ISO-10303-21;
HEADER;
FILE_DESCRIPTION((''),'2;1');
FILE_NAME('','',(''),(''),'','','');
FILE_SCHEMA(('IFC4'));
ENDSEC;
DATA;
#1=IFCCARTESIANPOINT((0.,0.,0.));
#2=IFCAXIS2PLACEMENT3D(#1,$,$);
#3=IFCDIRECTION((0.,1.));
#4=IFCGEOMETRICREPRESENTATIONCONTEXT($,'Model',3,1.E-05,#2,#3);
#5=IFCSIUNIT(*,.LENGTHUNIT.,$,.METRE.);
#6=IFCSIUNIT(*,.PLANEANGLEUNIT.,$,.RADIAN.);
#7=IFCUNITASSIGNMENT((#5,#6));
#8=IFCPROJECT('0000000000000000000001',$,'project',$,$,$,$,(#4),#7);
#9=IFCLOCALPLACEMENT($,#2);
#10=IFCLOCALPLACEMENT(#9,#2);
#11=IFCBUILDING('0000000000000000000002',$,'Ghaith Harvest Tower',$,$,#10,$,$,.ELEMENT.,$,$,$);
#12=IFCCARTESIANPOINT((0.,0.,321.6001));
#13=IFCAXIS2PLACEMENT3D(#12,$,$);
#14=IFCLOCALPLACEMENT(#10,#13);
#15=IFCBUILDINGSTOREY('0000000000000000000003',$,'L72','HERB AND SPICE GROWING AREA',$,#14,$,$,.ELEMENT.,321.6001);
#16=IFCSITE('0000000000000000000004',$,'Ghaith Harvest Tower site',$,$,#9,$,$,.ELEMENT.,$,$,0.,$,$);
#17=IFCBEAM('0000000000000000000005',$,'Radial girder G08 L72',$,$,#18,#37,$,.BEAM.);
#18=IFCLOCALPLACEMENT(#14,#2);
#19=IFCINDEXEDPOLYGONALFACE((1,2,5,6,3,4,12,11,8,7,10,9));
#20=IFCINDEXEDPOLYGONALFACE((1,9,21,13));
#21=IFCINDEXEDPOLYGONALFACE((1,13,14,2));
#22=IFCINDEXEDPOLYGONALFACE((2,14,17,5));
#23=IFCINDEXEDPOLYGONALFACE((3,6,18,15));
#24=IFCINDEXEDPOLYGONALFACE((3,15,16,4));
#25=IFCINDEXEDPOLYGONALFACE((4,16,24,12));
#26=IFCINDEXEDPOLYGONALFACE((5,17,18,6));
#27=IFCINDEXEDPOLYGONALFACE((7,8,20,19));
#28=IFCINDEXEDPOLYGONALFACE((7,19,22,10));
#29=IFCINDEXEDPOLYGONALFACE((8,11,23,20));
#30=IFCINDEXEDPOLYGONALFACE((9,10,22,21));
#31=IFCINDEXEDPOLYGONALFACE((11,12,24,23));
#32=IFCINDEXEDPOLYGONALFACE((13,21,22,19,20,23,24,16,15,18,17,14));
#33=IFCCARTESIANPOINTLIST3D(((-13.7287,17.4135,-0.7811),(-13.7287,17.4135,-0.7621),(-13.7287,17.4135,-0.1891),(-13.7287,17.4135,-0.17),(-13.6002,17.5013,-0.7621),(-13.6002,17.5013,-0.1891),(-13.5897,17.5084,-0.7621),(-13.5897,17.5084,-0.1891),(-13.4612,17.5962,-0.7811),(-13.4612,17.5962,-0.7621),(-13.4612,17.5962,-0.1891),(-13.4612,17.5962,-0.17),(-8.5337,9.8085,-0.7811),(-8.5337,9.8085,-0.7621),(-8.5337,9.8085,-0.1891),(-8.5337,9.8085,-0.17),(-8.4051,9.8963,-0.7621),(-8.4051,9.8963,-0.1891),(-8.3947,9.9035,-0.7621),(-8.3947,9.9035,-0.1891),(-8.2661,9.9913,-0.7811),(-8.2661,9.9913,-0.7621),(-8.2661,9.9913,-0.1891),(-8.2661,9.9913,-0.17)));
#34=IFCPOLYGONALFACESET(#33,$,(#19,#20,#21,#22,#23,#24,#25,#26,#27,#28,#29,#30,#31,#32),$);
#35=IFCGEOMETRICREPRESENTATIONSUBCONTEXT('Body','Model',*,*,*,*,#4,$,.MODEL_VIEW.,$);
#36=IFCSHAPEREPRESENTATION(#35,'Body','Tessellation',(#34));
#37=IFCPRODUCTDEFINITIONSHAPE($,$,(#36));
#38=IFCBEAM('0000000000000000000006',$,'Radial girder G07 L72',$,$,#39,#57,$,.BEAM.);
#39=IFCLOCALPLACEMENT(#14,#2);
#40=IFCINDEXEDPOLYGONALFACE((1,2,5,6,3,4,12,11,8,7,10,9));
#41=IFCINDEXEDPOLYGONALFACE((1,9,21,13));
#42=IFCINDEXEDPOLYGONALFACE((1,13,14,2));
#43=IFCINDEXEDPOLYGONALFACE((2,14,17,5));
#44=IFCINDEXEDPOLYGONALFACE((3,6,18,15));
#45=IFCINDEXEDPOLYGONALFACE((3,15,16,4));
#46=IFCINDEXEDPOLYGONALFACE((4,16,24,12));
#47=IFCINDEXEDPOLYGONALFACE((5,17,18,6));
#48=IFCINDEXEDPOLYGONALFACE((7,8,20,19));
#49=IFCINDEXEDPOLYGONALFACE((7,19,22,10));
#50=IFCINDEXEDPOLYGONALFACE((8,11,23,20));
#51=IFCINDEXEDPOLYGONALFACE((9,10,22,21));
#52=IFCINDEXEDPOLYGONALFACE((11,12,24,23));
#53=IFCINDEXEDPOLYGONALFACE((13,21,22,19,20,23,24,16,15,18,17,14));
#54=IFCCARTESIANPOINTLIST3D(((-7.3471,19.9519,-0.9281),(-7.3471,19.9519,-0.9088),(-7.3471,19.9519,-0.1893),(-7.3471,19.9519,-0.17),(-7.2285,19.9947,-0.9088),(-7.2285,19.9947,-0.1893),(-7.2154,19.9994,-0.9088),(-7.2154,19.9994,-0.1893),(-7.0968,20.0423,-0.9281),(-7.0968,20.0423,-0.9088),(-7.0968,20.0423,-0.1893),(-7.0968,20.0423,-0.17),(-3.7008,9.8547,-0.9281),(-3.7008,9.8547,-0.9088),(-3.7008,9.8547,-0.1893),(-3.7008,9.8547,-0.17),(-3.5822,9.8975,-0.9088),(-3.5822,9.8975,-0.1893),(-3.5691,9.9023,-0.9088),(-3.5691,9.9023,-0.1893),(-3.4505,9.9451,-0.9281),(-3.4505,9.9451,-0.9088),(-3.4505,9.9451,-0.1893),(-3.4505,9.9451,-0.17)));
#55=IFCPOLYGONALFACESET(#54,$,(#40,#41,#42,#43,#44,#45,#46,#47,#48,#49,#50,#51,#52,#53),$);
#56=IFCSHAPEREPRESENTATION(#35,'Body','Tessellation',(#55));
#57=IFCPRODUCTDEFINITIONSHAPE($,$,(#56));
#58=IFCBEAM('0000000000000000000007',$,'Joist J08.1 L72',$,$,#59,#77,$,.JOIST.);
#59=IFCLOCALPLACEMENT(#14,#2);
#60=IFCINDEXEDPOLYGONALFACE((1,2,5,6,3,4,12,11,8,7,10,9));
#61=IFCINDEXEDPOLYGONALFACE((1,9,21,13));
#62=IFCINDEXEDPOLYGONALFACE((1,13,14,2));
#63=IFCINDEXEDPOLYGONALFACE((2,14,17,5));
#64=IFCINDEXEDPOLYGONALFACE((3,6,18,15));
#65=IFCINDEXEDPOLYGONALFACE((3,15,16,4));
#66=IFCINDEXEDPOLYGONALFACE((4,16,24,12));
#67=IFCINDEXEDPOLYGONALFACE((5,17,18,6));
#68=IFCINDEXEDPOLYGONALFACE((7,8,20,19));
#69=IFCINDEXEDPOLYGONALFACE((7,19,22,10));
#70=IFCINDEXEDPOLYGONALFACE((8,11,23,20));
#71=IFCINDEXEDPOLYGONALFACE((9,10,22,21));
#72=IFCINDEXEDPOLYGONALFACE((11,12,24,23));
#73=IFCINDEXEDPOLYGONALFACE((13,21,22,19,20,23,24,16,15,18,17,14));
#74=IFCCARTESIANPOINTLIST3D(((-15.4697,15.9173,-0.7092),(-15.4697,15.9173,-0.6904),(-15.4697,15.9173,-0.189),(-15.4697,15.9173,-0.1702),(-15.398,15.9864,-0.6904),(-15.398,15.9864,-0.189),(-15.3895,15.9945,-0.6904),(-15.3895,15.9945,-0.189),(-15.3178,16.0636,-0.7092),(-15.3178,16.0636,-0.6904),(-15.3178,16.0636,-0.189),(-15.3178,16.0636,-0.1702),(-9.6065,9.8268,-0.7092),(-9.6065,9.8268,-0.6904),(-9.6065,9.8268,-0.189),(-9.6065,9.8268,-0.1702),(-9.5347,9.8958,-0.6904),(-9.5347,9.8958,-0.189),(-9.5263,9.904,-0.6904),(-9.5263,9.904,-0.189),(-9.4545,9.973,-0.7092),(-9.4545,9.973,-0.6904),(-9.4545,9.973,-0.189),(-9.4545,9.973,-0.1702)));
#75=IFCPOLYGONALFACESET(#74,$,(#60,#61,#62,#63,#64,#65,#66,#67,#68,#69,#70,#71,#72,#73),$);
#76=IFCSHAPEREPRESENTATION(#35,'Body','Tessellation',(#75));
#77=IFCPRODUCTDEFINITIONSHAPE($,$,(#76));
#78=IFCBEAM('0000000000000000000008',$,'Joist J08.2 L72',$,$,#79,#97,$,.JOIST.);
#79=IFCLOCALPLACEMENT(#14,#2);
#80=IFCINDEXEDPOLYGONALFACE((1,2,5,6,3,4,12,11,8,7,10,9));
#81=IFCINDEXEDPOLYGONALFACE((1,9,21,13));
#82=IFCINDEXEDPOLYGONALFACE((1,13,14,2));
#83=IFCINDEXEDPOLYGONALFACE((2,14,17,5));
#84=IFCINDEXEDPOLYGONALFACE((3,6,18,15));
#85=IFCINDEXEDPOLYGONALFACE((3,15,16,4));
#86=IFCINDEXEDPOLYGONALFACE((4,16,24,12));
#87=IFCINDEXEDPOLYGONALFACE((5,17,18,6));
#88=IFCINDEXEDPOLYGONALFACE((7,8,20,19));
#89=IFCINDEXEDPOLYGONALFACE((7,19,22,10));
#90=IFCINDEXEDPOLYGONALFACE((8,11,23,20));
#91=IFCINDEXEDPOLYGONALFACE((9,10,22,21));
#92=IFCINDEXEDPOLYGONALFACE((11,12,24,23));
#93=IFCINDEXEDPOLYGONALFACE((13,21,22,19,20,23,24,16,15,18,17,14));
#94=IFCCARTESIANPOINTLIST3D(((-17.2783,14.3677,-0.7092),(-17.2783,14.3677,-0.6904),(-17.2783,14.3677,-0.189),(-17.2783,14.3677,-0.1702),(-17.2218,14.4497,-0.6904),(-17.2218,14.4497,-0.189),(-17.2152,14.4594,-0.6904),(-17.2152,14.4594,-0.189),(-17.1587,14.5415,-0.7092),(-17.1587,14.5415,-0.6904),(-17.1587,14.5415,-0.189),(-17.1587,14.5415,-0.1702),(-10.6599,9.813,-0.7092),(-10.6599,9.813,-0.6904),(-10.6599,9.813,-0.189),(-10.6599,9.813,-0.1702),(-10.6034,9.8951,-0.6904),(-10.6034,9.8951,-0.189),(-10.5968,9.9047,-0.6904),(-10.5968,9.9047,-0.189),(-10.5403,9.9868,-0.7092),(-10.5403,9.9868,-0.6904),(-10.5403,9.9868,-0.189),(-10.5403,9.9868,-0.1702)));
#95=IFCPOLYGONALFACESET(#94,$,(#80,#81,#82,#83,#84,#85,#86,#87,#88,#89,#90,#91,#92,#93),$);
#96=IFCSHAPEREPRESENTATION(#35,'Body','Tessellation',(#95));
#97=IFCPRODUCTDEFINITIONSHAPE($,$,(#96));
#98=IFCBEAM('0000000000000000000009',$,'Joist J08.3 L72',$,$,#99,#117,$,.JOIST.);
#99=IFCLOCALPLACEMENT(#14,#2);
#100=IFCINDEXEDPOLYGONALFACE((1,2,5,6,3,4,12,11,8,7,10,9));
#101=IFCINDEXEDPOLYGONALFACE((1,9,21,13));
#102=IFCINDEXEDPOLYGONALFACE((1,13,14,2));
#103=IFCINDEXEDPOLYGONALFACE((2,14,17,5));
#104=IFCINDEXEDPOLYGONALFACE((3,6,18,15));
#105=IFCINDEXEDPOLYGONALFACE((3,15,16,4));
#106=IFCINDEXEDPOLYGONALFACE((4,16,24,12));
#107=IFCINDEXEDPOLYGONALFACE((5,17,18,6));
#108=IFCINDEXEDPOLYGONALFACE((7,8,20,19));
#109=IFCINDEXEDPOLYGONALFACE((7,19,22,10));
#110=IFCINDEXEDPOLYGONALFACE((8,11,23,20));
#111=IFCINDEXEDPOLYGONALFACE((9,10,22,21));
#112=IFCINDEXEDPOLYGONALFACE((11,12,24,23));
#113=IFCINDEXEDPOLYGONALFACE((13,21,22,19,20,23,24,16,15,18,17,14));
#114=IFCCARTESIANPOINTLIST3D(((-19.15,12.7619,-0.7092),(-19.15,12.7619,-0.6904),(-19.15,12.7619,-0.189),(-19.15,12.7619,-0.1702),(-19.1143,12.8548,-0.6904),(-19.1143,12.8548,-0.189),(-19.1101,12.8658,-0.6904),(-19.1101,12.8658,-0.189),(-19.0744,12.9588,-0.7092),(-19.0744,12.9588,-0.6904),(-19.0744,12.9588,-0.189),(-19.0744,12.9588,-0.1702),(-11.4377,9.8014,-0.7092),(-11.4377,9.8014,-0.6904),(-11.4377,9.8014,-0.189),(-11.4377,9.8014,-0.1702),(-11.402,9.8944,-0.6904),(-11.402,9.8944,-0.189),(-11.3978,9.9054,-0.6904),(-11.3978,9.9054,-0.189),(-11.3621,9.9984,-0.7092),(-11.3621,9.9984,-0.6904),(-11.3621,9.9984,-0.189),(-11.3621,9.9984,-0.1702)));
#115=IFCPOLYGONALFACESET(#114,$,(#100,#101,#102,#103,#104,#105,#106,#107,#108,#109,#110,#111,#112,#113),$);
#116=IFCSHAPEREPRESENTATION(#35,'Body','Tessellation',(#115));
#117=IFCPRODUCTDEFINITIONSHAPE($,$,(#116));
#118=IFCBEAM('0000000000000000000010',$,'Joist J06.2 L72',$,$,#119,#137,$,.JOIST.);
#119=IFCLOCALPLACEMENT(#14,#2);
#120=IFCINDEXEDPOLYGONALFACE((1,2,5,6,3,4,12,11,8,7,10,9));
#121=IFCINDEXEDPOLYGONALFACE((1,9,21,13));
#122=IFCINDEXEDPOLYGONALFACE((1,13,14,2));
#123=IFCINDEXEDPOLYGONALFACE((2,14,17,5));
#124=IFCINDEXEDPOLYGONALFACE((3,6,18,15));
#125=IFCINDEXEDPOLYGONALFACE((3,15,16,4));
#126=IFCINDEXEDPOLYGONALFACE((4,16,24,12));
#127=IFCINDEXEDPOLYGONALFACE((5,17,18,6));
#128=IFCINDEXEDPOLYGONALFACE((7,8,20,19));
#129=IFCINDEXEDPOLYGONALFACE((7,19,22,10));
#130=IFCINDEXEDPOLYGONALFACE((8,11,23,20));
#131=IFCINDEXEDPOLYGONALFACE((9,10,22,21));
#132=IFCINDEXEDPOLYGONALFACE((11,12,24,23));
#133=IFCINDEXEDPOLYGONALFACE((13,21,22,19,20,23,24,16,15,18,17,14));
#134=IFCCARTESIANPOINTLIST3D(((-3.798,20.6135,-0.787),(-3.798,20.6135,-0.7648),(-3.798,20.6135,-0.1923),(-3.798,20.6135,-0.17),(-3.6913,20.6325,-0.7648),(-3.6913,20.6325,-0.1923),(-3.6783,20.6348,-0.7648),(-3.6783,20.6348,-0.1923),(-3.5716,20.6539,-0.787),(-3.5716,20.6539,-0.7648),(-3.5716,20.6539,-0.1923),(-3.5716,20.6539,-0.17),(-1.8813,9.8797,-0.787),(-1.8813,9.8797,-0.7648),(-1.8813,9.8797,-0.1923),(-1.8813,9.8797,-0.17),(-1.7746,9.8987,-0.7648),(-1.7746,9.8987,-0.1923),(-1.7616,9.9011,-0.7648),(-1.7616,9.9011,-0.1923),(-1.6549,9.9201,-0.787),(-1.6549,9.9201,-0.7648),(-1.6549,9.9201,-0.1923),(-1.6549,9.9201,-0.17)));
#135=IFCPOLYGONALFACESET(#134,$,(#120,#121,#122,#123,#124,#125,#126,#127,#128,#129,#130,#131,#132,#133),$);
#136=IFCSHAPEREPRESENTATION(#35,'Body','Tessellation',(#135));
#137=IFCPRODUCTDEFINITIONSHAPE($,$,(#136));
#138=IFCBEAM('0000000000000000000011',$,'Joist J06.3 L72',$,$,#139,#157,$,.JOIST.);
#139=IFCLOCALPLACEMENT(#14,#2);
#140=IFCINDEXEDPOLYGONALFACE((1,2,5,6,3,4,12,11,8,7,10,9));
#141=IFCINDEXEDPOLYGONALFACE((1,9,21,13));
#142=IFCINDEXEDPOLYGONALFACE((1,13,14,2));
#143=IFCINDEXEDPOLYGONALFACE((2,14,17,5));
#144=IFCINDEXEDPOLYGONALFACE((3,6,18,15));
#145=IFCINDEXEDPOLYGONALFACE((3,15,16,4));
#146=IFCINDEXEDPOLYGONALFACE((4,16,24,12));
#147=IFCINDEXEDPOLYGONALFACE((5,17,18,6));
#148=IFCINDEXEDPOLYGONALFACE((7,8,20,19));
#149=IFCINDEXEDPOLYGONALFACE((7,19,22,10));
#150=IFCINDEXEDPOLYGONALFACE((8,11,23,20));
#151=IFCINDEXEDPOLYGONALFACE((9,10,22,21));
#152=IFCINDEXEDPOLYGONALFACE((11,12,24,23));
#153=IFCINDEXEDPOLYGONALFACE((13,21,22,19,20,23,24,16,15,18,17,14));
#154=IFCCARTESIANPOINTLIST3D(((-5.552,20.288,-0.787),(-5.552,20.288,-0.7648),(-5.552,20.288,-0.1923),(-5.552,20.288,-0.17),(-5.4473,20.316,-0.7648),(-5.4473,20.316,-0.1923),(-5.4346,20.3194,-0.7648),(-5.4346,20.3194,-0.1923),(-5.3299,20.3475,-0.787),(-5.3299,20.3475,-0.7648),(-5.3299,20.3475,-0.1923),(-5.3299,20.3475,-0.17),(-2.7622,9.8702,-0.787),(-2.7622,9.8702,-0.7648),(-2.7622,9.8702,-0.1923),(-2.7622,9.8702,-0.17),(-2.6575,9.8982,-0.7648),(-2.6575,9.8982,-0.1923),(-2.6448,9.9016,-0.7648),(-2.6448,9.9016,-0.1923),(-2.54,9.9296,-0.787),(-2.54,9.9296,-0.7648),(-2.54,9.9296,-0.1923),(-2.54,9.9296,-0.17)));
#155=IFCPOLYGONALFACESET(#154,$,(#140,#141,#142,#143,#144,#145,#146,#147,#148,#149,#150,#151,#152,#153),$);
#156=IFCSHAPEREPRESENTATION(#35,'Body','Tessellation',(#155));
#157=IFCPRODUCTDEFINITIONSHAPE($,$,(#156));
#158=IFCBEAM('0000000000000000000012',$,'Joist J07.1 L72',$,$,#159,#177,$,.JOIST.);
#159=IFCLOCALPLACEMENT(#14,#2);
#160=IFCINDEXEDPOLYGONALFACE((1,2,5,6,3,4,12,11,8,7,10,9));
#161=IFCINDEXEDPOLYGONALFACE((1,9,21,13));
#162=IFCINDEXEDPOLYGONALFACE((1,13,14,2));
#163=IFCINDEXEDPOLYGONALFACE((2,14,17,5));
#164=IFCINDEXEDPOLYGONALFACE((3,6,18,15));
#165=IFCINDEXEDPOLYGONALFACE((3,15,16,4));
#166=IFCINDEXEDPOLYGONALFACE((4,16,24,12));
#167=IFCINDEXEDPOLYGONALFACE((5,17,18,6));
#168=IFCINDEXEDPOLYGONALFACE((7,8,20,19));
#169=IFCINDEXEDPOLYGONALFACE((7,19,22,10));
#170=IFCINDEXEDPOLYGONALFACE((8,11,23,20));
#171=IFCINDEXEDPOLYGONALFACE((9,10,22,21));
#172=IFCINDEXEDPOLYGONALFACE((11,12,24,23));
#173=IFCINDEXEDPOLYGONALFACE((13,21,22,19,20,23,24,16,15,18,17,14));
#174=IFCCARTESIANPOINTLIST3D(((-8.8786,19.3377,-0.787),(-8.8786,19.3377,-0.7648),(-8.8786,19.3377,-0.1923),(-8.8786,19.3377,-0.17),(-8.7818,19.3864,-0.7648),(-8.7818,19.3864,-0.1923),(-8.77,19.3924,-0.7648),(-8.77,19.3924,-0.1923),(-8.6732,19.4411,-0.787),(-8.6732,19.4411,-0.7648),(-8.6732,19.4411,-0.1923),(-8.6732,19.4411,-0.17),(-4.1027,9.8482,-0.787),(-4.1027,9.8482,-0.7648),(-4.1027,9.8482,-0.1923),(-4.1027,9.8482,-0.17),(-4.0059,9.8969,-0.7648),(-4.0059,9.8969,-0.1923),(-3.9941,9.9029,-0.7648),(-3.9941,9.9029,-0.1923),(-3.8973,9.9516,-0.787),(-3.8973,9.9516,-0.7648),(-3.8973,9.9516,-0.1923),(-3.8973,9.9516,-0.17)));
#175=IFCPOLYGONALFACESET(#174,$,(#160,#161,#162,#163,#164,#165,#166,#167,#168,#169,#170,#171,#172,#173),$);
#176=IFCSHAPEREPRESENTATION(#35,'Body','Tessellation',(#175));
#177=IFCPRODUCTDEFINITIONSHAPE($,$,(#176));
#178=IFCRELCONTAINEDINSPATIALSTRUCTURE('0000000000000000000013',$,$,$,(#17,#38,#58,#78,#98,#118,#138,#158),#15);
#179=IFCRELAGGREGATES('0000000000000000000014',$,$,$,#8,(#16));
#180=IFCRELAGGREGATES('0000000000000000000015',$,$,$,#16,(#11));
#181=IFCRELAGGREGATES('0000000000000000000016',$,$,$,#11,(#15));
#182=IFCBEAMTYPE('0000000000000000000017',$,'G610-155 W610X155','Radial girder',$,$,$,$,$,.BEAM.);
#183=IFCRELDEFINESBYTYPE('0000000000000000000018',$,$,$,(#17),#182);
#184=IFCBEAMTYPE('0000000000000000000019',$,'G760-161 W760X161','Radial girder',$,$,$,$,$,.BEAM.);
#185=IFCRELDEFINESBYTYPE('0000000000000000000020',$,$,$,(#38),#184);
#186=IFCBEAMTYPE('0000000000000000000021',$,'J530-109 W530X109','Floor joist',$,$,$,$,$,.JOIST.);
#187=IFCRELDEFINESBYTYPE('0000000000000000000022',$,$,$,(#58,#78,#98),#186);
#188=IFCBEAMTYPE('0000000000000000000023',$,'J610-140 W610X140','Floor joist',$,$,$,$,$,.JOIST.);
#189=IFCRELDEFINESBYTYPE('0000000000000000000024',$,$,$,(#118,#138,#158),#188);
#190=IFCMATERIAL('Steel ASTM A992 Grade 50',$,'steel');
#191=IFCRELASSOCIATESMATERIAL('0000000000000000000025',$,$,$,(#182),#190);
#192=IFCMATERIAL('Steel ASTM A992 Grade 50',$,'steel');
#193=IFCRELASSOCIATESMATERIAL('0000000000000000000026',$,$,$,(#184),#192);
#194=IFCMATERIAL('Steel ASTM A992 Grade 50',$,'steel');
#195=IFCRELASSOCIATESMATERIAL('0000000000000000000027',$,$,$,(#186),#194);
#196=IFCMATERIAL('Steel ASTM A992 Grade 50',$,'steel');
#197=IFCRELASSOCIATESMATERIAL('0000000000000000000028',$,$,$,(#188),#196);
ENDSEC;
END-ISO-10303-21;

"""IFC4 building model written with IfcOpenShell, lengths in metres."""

from ifc_helpers import new_model, si_unit, direction, frame, origin, origin_2d, place, context, subcontext, project, spatial, i_section, extrude, material, material_profile, profile_set, type_object, element, save


model = new_model("IFC4")

# Units and contexts
model_context = context("Model", 3, precision=1e-05, world=origin(), true_north=direction((0.0, 1.0)))
body_context = subcontext(model_context, "Body", "Model", "MODEL_VIEW")
ifc_project = project(units=[si_unit("LENGTHUNIT", "METRE"), si_unit("PLANEANGLEUNIT", "RADIAN")], contexts=[model_context])

# Site, building, storey
site_placement = place(None, origin())
site = spatial("IfcSite", under=ifc_project, at=site_placement, Name="Ghaith Harvest Tower site", CompositionType="ELEMENT", RefElevation=0.0)
building_placement = place(site_placement, origin())
building = spatial("IfcBuilding", under=site, at=building_placement, Name="Ghaith Harvest Tower", CompositionType="ELEMENT")
storey_placement = place(building_placement, frame((0.0, 0.0, 321.6001)))
storey = spatial("IfcBuildingStorey", under=building, at=storey_placement, Name="L72", Description="HERB AND SPICE GROWING AREA", CompositionType="ELEMENT", Elevation=321.6001)

# Beams
ifc_material_1 = material(Name="Steel ASTM A992 Grade 50", Category="steel")
ifc_material_profile_1 = material_profile(ifc_material_1, i_section(OverallWidth=0.324, OverallDepth=0.6111, WebThickness=0.0127, FlangeThickness=0.019, at=origin_2d()), Name="W610X155")
ifc_profile_set_1 = profile_set([ifc_material_profile_1], Name="Steel ASTM A992 Grade 50")
beam_type_1 = type_object("IfcBeamType", Name="G610-155 W610X155", Description="Radial girder", PredefinedType="BEAM", material=ifc_profile_set_1)
beam_1_placement = place(storey_placement, frame((-8.3999, 9.8999, -0.4756), z_axis=(-0.564067, 0.825729, 0.0), x_axis=(-0.825729, -0.564067, 0.0)))
element("IfcBeam", 1, at=beam_1_placement, inside=storey, type_object=beam_type_1, Name="Radial girder G08 L72", PredefinedType="BEAM", context=body_context, shape_type="SweptSolid", body=[
    extrude(i_section(OverallWidth=0.324, OverallDepth=0.6111, WebThickness=0.0127, FlangeThickness=0.019, at=origin_2d()), origin(), (0.0, 0.0, 1.0), 9.21),
])
ifc_material_2 = material(Name="Steel ASTM A992 Grade 50", Category="steel")
ifc_material_profile_2 = material_profile(ifc_material_2, i_section(OverallWidth=0.2661, OverallDepth=0.7581, WebThickness=0.0139, FlangeThickness=0.0193, at=origin_2d()), Name="W760X161")
ifc_profile_set_2 = profile_set([ifc_material_profile_2], Name="Steel ASTM A992 Grade 50")
beam_type_2 = type_object("IfcBeamType", Name="G760-161 W760X161", Description="Radial girder", PredefinedType="BEAM", material=ifc_profile_set_2)
beam_2_placement = place(storey_placement, frame((-3.5757, 9.8999, -0.5491), z_axis=(-0.339648, 0.940553, 0.0), x_axis=(-0.940553, -0.339648, 0.0)))
element("IfcBeam", 2, at=beam_2_placement, inside=storey, type_object=beam_type_2, Name="Radial girder G07 L72", PredefinedType="BEAM", context=body_context, shape_type="SweptSolid", body=[
    extrude(i_section(OverallWidth=0.2661, OverallDepth=0.7581, WebThickness=0.0139, FlangeThickness=0.0193, at=origin_2d()), origin(), (0.0, 0.0, 1.0), 10.7354),
])
ifc_material_3 = material(Name="Steel ASTM A992 Grade 50", Category="steel")
ifc_material_profile_3 = material_profile(ifc_material_3, i_section(OverallWidth=0.2109, OverallDepth=0.5391, WebThickness=0.0117, FlangeThickness=0.0188, at=origin_2d()), Name="W530X109")
ifc_profile_set_3 = profile_set([ifc_material_profile_3], Name="Steel ASTM A992 Grade 50")
beam_type_3 = type_object("IfcBeamType", Name="J530-109 W530X109", Description="Floor joist", PredefinedType="JOIST", material=ifc_profile_set_3)
beam_3_placement = place(storey_placement, frame((-9.5305, 9.8999, -0.4397), z_axis=(-0.693536, 0.720422, 0.0), x_axis=(-0.720422, -0.693536, 0.0)))
element("IfcBeam", 3, at=beam_3_placement, inside=storey, type_object=beam_type_3, Name="Joist J08.1 L72", PredefinedType="JOIST", context=body_context, shape_type="SweptSolid", body=[
    extrude(i_section(OverallWidth=0.2109, OverallDepth=0.5391, WebThickness=0.0117, FlangeThickness=0.0188, at=origin_2d()), origin(), (0.0, 0.0, 1.0), 8.4541),
])
beam_4_placement = place(storey_placement, frame((-10.6001, 9.8999, -0.4397), z_axis=(-0.823779, 0.566912, 0.0), x_axis=(-0.566912, -0.823779, 0.0)))
element("IfcBeam", 4, at=beam_4_placement, inside=storey, type_object=beam_type_3, Name="Joist J08.2 L72", PredefinedType="JOIST", context=body_context, shape_type="SweptSolid", body=[
    extrude(i_section(OverallWidth=0.2109, OverallDepth=0.5391, WebThickness=0.0117, FlangeThickness=0.0188, at=origin_2d()), origin(), (0.0, 0.0, 1.0), 8.0342),
])
beam_5_placement = place(storey_placement, frame((-11.3999, 9.8999, -0.4397), z_axis=(-0.933583, 0.358361, 0.0), x_axis=(-0.358361, -0.933583, 0.0)))
element("IfcBeam", 5, at=beam_5_placement, inside=storey, type_object=beam_type_3, Name="Joist J08.3 L72", PredefinedType="JOIST", context=body_context, shape_type="SweptSolid", body=[
    extrude(i_section(OverallWidth=0.2109, OverallDepth=0.5391, WebThickness=0.0117, FlangeThickness=0.0188, at=origin_2d()), origin(), (0.0, 0.0, 1.0), 8.261),
])
ifc_material_4 = material(Name="Steel ASTM A992 Grade 50", Category="steel")
ifc_material_profile_4 = material_profile(ifc_material_4, i_section(OverallWidth=0.23, OverallDepth=0.6169, WebThickness=0.0132, FlangeThickness=0.0222, at=origin_2d()), Name="W610X140")
ifc_profile_set_4 = profile_set([ifc_material_profile_4], Name="Steel ASTM A992 Grade 50")
beam_type_4 = type_object("IfcBeamType", Name="J610-140 W610X140", Description="Floor joist", PredefinedType="JOIST", material=ifc_profile_set_4)
beam_6_placement = place(storey_placement, frame((-1.7681, 9.8999, -0.4785), z_axis=(-0.175789, 0.984428, 0.0), x_axis=(-0.984428, -0.175789, 0.0)))
element("IfcBeam", 6, at=beam_6_placement, inside=storey, type_object=beam_type_4, Name="Joist J06.2 L72", PredefinedType="JOIST", context=body_context, shape_type="SweptSolid", body=[
    extrude(i_section(OverallWidth=0.23, OverallDepth=0.6169, WebThickness=0.0132, FlangeThickness=0.0222, at=origin_2d()), origin(), (0.0, 0.0, 1.0), 10.9036),
])
beam_7_placement = place(storey_placement, frame((-2.6511, 9.8999, -0.4785), z_axis=(-0.258678, 0.965964, 0.0), x_axis=(-0.965964, -0.258678, 0.0)))
element("IfcBeam", 7, at=beam_7_placement, inside=storey, type_object=beam_type_4, Name="Joist J06.3 L72", PredefinedType="JOIST", context=body_context, shape_type="SweptSolid", body=[
    extrude(i_section(OverallWidth=0.23, OverallDepth=0.6169, WebThickness=0.0132, FlangeThickness=0.0222, at=origin_2d()), origin(), (0.0, 0.0, 1.0), 10.7849),
])
beam_8_placement = place(storey_placement, frame((-4.0, 9.8999, -0.4785), z_axis=(-0.449556, 0.893252, 0.0), x_axis=(-0.893252, -0.449556, 0.0)))
element("IfcBeam", 8, at=beam_8_placement, inside=storey, type_object=beam_type_4, Name="Joist J07.1 L72", PredefinedType="JOIST", context=body_context, shape_type="SweptSolid", body=[
    extrude(i_section(OverallWidth=0.23, OverallDepth=0.6169, WebThickness=0.0132, FlangeThickness=0.0222, at=origin_2d()), origin(), (0.0, 0.0, 1.0), 10.6235),
])

save(model, "model.ifc")
